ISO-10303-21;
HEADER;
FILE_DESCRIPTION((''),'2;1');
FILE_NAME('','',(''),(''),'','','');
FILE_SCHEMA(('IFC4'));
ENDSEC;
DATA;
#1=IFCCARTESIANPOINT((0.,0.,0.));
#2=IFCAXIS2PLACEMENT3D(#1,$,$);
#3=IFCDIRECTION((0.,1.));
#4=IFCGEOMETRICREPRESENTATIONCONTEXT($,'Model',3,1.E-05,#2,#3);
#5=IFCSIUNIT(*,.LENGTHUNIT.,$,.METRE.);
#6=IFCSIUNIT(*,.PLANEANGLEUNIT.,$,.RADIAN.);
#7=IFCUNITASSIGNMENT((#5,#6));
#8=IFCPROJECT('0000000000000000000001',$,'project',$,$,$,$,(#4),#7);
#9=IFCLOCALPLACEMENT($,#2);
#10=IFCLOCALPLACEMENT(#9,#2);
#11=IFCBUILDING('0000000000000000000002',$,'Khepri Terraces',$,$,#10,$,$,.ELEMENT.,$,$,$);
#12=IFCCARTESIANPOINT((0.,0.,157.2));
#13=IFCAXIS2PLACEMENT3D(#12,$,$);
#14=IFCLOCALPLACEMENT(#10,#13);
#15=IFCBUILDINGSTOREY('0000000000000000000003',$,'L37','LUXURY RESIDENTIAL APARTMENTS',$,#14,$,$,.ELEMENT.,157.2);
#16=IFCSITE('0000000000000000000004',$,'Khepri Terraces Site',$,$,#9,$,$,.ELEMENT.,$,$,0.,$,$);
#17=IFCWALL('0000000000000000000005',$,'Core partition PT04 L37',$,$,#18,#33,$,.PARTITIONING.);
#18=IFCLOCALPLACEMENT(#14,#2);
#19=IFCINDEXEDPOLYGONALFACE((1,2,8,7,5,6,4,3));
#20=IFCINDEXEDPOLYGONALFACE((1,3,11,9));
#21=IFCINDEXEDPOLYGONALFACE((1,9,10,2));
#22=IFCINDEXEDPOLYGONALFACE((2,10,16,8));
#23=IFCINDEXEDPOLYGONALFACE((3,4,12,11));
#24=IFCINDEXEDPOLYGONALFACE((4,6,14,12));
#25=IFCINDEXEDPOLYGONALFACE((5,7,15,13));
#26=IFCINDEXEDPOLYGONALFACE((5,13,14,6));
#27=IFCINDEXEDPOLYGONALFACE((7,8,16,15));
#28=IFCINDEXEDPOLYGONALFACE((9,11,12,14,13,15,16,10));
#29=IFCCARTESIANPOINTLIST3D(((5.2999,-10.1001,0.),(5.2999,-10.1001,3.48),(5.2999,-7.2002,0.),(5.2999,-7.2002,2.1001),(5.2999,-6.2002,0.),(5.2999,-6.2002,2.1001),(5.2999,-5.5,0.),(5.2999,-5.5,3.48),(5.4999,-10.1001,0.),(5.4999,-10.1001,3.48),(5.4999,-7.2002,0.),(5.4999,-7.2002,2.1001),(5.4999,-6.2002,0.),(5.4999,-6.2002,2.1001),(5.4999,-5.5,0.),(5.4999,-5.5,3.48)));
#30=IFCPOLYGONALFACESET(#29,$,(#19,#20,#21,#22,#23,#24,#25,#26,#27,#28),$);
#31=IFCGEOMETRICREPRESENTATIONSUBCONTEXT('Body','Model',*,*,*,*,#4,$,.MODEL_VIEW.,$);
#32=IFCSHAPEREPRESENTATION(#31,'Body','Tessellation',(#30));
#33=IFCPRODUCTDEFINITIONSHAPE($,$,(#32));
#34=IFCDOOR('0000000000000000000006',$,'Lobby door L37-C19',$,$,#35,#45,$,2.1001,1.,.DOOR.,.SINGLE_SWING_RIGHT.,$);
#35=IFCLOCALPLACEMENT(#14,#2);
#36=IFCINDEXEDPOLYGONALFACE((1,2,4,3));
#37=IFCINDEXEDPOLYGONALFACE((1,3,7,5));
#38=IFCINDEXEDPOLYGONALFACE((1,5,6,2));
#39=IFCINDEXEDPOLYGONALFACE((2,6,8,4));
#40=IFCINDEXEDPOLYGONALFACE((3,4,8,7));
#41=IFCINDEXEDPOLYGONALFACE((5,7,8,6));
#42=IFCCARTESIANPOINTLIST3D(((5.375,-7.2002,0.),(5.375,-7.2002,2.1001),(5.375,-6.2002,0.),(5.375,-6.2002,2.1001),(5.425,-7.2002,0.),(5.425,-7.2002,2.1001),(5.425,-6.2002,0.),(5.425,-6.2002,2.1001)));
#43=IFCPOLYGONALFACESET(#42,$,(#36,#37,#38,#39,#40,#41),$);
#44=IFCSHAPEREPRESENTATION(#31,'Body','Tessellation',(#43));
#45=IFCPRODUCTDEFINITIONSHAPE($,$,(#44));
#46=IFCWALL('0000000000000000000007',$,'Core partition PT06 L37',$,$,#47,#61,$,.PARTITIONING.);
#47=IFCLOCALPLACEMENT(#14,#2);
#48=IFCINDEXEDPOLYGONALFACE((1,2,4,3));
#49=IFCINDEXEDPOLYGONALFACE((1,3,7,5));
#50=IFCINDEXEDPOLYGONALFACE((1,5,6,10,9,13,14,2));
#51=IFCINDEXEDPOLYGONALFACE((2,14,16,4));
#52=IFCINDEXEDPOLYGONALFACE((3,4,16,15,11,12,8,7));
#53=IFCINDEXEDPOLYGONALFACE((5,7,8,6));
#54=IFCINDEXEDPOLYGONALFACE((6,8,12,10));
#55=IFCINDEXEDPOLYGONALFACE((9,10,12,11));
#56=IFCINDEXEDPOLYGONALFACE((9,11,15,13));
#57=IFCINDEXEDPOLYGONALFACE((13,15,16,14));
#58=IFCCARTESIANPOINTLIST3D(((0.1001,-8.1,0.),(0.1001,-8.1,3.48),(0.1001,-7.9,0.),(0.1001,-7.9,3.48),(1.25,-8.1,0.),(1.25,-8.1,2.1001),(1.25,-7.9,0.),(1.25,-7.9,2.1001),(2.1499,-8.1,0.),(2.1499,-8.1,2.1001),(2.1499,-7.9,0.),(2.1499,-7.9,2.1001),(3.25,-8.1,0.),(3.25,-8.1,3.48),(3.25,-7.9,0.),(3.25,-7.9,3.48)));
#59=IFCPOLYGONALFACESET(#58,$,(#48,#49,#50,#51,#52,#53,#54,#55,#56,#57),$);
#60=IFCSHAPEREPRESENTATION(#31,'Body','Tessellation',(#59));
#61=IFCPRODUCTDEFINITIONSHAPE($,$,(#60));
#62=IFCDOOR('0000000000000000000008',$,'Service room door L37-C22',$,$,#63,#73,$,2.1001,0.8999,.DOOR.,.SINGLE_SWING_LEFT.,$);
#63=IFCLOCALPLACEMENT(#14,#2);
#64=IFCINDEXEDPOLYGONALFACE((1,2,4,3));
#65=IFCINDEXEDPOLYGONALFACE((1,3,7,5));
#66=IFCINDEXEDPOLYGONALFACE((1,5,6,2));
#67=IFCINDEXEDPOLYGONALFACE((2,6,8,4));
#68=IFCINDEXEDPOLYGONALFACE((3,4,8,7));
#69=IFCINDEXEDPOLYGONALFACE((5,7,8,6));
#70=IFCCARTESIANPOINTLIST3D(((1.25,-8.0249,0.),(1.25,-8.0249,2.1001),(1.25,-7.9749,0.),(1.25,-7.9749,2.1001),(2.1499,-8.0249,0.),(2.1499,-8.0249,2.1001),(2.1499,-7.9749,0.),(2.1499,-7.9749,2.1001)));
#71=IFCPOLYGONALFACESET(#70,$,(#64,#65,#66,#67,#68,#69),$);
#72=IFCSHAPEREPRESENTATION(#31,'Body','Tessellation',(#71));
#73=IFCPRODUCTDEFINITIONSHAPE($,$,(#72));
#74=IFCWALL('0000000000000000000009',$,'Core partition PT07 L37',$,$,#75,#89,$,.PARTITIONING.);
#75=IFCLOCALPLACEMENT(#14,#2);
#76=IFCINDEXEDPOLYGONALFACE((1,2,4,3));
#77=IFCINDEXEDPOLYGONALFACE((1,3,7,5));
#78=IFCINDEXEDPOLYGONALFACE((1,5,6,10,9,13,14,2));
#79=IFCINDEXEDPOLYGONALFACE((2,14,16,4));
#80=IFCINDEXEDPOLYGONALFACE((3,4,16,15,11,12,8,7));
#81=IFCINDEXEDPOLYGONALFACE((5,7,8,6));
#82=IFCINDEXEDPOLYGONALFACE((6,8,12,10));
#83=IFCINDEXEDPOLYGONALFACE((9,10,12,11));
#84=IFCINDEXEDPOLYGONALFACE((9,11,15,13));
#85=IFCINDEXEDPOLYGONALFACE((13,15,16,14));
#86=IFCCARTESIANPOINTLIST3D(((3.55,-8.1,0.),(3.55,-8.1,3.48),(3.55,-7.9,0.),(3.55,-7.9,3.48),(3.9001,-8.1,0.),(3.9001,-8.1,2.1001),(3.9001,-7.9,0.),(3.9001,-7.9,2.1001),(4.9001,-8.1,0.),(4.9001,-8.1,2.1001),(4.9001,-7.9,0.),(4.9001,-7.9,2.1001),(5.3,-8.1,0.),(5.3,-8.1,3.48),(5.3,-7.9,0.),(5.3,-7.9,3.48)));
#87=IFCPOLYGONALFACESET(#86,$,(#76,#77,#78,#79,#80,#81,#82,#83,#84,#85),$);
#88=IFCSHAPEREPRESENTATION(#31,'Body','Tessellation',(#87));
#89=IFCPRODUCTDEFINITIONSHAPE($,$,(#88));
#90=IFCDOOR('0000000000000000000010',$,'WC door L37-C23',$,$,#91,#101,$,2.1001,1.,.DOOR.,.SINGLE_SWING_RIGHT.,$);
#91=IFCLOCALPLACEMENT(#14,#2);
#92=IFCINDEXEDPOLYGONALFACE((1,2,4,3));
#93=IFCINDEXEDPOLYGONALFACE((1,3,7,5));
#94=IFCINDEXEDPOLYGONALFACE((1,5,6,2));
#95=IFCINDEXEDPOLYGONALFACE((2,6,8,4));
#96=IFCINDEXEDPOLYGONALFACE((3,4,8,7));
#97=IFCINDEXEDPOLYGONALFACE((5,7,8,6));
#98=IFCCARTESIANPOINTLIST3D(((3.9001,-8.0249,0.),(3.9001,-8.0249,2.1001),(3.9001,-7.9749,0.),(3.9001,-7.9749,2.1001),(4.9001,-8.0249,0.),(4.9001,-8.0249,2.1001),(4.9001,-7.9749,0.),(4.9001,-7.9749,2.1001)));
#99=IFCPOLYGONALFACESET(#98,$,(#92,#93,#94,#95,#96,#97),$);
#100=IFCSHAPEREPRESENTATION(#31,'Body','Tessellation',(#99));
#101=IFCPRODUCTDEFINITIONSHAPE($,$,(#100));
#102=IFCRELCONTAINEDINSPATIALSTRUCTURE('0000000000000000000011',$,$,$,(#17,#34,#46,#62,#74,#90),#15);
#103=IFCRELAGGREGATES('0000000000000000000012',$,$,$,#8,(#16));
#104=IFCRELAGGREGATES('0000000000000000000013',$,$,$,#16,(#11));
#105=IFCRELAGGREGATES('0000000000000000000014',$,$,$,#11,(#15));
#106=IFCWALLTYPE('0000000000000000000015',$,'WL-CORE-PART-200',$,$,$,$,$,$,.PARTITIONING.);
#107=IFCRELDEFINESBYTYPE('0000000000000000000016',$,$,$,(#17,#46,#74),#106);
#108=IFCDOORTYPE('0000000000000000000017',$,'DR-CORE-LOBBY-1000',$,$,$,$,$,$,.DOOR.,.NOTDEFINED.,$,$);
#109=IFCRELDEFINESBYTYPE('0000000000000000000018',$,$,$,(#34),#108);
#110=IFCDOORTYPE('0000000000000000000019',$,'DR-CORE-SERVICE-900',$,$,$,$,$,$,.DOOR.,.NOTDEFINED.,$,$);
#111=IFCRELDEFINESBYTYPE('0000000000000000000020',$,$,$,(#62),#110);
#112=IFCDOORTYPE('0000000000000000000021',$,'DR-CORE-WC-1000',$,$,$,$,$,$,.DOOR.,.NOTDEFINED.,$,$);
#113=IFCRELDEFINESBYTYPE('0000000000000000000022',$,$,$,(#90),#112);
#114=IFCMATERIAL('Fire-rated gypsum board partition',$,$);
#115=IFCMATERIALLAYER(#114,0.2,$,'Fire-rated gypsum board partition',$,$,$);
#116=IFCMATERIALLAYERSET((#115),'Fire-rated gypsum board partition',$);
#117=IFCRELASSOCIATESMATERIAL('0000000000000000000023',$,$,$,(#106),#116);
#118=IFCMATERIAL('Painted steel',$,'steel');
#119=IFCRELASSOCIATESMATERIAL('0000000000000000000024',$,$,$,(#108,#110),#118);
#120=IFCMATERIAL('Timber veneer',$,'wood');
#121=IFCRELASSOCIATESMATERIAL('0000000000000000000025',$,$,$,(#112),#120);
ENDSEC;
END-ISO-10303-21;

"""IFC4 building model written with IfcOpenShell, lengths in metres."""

from ifc_helpers import new_model, si_unit, direction, frame, frame_2d, origin, place, context, subcontext, project, spatial, rectangle, extrude, material, layer, layer_set, type_object, element, fill, save


model = new_model("IFC4")

# Units and contexts
model_context = context("Model", 3, precision=1e-05, world=origin(), true_north=direction((0.0, 1.0)))
body_context = subcontext(model_context, "Body", "Model", "MODEL_VIEW")
ifc_project = project(units=[si_unit("LENGTHUNIT", "METRE"), si_unit("PLANEANGLEUNIT", "RADIAN")], contexts=[model_context])

# Site, building, storey
site_placement = place(None, origin())
site = spatial("IfcSite", under=ifc_project, at=site_placement, Name="Khepri Terraces Site", CompositionType="ELEMENT", RefElevation=0.0)
building_placement = place(site_placement, origin())
building = spatial("IfcBuilding", under=site, at=building_placement, Name="Khepri Terraces", CompositionType="ELEMENT")
storey_placement = place(building_placement, frame((0.0, 0.0, 157.2)))
storey = spatial("IfcBuildingStorey", under=building, at=storey_placement, Name="L37", Description="LUXURY RESIDENTIAL APARTMENTS", CompositionType="ELEMENT", Elevation=157.2)

# Shared definitions
ifc_material_1 = material(Name="Painted steel", Category="steel")

# Walls, openings, doors
ifc_material_2 = material(Name="Fire-rated gypsum board partition")
ifc_layer_1 = layer(ifc_material_2, 0.2, Name="Fire-rated gypsum board partition")
ifc_layer_set_1 = layer_set([ifc_layer_1], Name="Fire-rated gypsum board partition")
wall_type_1 = type_object("IfcWallType", Name="WL-CORE-PART-200", PredefinedType="PARTITIONING", material=ifc_layer_set_1)
wall_1_placement = place(storey_placement, frame((5.3999, -10.1001, 0.0), z_axis=(0.0, 0.0, 1.0), x_axis=(0.0, 1.0, 0.0)))
wall_1 = element("IfcWall", 1, at=wall_1_placement, inside=storey, type_object=wall_type_1, Name="Core partition PT04 L37", PredefinedType="PARTITIONING", context=body_context, shape_type="SweptSolid", body=[
    extrude(rectangle(XDim=4.6001, YDim=0.2, at=frame_2d((2.3, 0.0))), origin(), (0.0, 0.0, 1.0), 3.48),
])
opening_1_placement = place(wall_1_placement, frame((2.8999, 0.0, 0.0)))
opening_1 = element("IfcOpeningElement", 2, at=opening_1_placement, cuts=wall_1, PredefinedType="OPENING", context=body_context, shape_type="SweptSolid", body=[
    extrude(rectangle(XDim=1.0, YDim=2.1001, at=frame_2d((0.5, 1.05))), frame((0.0, 0.1099, 0.0), z_axis=(0.0, -1.0, 0.0), x_axis=(1.0, 0.0, 0.0)), (0.0, 0.0, 1.0), 0.22),
])
door_type_1 = type_object("IfcDoorType", Name="DR-CORE-LOBBY-1000", OperationType="NOTDEFINED", PredefinedType="DOOR", material=ifc_material_1)
door_1_placement = place(opening_1_placement, origin())
door_1 = element("IfcDoor", 3, at=door_1_placement, inside=storey, type_object=door_type_1, Name="Lobby door L37-C19", OperationType="SINGLE_SWING_RIGHT", OverallHeight=2.1001, OverallWidth=1.0, PredefinedType="DOOR", context=body_context, shape_type="SweptSolid", body=[
    extrude(rectangle(XDim=1.0, YDim=2.1001, at=frame_2d((0.5, 1.05))), frame((0.0, 0.0249, 0.0), z_axis=(0.0, -1.0, 0.0), x_axis=(1.0, 0.0, 0.0)), (0.0, 0.0, 1.0), 0.05),
])
fill(opening_1, door_1)
wall_2_placement = place(storey_placement, frame((0.1001, -8.0, 0.0), z_axis=(0.0, 0.0, 1.0), x_axis=(1.0, 0.0, 0.0)))
wall_2 = element("IfcWall", 4, at=wall_2_placement, inside=storey, type_object=wall_type_1, Name="Core partition PT06 L37", PredefinedType="PARTITIONING", context=body_context, shape_type="SweptSolid", body=[
    extrude(rectangle(XDim=3.1499, YDim=0.2, at=frame_2d((1.575, 0.0))), origin(), (0.0, 0.0, 1.0), 3.48),
])
opening_2_placement = place(wall_2_placement, frame((1.1499, 0.0, 0.0)))
opening_2 = element("IfcOpeningElement", 5, at=opening_2_placement, cuts=wall_2, PredefinedType="OPENING", context=body_context, shape_type="SweptSolid", body=[
    extrude(rectangle(XDim=0.8999, YDim=2.1001, at=frame_2d((0.45, 1.05))), frame((0.0, 0.1099, 0.0), z_axis=(0.0, -1.0, 0.0), x_axis=(1.0, 0.0, 0.0)), (0.0, 0.0, 1.0), 0.22),
])
door_type_2 = type_object("IfcDoorType", Name="DR-CORE-SERVICE-900", OperationType="NOTDEFINED", PredefinedType="DOOR", material=ifc_material_1)
door_2_placement = place(opening_2_placement, frame((0.8999, 0.0, 0.0), z_axis=(0.0, 0.0, 1.0), x_axis=(-1.0, 0.0, 0.0)))
door_2 = element("IfcDoor", 6, at=door_2_placement, inside=storey, type_object=door_type_2, Name="Service room door L37-C22", OperationType="SINGLE_SWING_LEFT", OverallHeight=2.1001, OverallWidth=0.8999, PredefinedType="DOOR", context=body_context, shape_type="SweptSolid", body=[
    extrude(rectangle(XDim=0.8999, YDim=2.1001, at=frame_2d((0.45, 1.05))), frame((0.0, 0.0249, 0.0), z_axis=(0.0, -1.0, 0.0), x_axis=(1.0, 0.0, 0.0)), (0.0, 0.0, 1.0), 0.05),
])
fill(opening_2, door_2)
wall_3_placement = place(storey_placement, frame((3.55, -8.0, 0.0), z_axis=(0.0, 0.0, 1.0), x_axis=(1.0, 0.0, 0.0)))
wall_3 = element("IfcWall", 7, at=wall_3_placement, inside=storey, type_object=wall_type_1, Name="Core partition PT07 L37", PredefinedType="PARTITIONING", context=body_context, shape_type="SweptSolid", body=[
    extrude(rectangle(XDim=1.75, YDim=0.2, at=frame_2d((0.875, 0.0))), origin(), (0.0, 0.0, 1.0), 3.48),
])
opening_3_placement = place(wall_3_placement, frame((0.3501, 0.0, 0.0)))
opening_3 = element("IfcOpeningElement", 8, at=opening_3_placement, cuts=wall_3, PredefinedType="OPENING", context=body_context, shape_type="SweptSolid", body=[
    extrude(rectangle(XDim=1.0, YDim=2.1001, at=frame_2d((0.5, 1.05))), frame((0.0, 0.1099, 0.0), z_axis=(0.0, -1.0, 0.0), x_axis=(1.0, 0.0, 0.0)), (0.0, 0.0, 1.0), 0.22),
])
ifc_material_3 = material(Name="Timber veneer", Category="wood")
door_type_3 = type_object("IfcDoorType", Name="DR-CORE-WC-1000", OperationType="NOTDEFINED", PredefinedType="DOOR", material=ifc_material_3)
door_3_placement = place(opening_3_placement, frame((1.0, 0.0, 0.0), z_axis=(0.0, 0.0, 1.0), x_axis=(-1.0, 0.0, 0.0)))
door_3 = element("IfcDoor", 9, at=door_3_placement, inside=storey, type_object=door_type_3, Name="WC door L37-C23", OperationType="SINGLE_SWING_RIGHT", OverallHeight=2.1001, OverallWidth=1.0, PredefinedType="DOOR", context=body_context, shape_type="SweptSolid", body=[
    extrude(rectangle(XDim=1.0, YDim=2.1001, at=frame_2d((0.5, 1.05))), frame((0.0, 0.0249, 0.0), z_axis=(0.0, -1.0, 0.0), x_axis=(1.0, 0.0, 0.0)), (0.0, 0.0, 1.0), 0.05),
])
fill(opening_3, door_3)

save(model, "model.ifc")
